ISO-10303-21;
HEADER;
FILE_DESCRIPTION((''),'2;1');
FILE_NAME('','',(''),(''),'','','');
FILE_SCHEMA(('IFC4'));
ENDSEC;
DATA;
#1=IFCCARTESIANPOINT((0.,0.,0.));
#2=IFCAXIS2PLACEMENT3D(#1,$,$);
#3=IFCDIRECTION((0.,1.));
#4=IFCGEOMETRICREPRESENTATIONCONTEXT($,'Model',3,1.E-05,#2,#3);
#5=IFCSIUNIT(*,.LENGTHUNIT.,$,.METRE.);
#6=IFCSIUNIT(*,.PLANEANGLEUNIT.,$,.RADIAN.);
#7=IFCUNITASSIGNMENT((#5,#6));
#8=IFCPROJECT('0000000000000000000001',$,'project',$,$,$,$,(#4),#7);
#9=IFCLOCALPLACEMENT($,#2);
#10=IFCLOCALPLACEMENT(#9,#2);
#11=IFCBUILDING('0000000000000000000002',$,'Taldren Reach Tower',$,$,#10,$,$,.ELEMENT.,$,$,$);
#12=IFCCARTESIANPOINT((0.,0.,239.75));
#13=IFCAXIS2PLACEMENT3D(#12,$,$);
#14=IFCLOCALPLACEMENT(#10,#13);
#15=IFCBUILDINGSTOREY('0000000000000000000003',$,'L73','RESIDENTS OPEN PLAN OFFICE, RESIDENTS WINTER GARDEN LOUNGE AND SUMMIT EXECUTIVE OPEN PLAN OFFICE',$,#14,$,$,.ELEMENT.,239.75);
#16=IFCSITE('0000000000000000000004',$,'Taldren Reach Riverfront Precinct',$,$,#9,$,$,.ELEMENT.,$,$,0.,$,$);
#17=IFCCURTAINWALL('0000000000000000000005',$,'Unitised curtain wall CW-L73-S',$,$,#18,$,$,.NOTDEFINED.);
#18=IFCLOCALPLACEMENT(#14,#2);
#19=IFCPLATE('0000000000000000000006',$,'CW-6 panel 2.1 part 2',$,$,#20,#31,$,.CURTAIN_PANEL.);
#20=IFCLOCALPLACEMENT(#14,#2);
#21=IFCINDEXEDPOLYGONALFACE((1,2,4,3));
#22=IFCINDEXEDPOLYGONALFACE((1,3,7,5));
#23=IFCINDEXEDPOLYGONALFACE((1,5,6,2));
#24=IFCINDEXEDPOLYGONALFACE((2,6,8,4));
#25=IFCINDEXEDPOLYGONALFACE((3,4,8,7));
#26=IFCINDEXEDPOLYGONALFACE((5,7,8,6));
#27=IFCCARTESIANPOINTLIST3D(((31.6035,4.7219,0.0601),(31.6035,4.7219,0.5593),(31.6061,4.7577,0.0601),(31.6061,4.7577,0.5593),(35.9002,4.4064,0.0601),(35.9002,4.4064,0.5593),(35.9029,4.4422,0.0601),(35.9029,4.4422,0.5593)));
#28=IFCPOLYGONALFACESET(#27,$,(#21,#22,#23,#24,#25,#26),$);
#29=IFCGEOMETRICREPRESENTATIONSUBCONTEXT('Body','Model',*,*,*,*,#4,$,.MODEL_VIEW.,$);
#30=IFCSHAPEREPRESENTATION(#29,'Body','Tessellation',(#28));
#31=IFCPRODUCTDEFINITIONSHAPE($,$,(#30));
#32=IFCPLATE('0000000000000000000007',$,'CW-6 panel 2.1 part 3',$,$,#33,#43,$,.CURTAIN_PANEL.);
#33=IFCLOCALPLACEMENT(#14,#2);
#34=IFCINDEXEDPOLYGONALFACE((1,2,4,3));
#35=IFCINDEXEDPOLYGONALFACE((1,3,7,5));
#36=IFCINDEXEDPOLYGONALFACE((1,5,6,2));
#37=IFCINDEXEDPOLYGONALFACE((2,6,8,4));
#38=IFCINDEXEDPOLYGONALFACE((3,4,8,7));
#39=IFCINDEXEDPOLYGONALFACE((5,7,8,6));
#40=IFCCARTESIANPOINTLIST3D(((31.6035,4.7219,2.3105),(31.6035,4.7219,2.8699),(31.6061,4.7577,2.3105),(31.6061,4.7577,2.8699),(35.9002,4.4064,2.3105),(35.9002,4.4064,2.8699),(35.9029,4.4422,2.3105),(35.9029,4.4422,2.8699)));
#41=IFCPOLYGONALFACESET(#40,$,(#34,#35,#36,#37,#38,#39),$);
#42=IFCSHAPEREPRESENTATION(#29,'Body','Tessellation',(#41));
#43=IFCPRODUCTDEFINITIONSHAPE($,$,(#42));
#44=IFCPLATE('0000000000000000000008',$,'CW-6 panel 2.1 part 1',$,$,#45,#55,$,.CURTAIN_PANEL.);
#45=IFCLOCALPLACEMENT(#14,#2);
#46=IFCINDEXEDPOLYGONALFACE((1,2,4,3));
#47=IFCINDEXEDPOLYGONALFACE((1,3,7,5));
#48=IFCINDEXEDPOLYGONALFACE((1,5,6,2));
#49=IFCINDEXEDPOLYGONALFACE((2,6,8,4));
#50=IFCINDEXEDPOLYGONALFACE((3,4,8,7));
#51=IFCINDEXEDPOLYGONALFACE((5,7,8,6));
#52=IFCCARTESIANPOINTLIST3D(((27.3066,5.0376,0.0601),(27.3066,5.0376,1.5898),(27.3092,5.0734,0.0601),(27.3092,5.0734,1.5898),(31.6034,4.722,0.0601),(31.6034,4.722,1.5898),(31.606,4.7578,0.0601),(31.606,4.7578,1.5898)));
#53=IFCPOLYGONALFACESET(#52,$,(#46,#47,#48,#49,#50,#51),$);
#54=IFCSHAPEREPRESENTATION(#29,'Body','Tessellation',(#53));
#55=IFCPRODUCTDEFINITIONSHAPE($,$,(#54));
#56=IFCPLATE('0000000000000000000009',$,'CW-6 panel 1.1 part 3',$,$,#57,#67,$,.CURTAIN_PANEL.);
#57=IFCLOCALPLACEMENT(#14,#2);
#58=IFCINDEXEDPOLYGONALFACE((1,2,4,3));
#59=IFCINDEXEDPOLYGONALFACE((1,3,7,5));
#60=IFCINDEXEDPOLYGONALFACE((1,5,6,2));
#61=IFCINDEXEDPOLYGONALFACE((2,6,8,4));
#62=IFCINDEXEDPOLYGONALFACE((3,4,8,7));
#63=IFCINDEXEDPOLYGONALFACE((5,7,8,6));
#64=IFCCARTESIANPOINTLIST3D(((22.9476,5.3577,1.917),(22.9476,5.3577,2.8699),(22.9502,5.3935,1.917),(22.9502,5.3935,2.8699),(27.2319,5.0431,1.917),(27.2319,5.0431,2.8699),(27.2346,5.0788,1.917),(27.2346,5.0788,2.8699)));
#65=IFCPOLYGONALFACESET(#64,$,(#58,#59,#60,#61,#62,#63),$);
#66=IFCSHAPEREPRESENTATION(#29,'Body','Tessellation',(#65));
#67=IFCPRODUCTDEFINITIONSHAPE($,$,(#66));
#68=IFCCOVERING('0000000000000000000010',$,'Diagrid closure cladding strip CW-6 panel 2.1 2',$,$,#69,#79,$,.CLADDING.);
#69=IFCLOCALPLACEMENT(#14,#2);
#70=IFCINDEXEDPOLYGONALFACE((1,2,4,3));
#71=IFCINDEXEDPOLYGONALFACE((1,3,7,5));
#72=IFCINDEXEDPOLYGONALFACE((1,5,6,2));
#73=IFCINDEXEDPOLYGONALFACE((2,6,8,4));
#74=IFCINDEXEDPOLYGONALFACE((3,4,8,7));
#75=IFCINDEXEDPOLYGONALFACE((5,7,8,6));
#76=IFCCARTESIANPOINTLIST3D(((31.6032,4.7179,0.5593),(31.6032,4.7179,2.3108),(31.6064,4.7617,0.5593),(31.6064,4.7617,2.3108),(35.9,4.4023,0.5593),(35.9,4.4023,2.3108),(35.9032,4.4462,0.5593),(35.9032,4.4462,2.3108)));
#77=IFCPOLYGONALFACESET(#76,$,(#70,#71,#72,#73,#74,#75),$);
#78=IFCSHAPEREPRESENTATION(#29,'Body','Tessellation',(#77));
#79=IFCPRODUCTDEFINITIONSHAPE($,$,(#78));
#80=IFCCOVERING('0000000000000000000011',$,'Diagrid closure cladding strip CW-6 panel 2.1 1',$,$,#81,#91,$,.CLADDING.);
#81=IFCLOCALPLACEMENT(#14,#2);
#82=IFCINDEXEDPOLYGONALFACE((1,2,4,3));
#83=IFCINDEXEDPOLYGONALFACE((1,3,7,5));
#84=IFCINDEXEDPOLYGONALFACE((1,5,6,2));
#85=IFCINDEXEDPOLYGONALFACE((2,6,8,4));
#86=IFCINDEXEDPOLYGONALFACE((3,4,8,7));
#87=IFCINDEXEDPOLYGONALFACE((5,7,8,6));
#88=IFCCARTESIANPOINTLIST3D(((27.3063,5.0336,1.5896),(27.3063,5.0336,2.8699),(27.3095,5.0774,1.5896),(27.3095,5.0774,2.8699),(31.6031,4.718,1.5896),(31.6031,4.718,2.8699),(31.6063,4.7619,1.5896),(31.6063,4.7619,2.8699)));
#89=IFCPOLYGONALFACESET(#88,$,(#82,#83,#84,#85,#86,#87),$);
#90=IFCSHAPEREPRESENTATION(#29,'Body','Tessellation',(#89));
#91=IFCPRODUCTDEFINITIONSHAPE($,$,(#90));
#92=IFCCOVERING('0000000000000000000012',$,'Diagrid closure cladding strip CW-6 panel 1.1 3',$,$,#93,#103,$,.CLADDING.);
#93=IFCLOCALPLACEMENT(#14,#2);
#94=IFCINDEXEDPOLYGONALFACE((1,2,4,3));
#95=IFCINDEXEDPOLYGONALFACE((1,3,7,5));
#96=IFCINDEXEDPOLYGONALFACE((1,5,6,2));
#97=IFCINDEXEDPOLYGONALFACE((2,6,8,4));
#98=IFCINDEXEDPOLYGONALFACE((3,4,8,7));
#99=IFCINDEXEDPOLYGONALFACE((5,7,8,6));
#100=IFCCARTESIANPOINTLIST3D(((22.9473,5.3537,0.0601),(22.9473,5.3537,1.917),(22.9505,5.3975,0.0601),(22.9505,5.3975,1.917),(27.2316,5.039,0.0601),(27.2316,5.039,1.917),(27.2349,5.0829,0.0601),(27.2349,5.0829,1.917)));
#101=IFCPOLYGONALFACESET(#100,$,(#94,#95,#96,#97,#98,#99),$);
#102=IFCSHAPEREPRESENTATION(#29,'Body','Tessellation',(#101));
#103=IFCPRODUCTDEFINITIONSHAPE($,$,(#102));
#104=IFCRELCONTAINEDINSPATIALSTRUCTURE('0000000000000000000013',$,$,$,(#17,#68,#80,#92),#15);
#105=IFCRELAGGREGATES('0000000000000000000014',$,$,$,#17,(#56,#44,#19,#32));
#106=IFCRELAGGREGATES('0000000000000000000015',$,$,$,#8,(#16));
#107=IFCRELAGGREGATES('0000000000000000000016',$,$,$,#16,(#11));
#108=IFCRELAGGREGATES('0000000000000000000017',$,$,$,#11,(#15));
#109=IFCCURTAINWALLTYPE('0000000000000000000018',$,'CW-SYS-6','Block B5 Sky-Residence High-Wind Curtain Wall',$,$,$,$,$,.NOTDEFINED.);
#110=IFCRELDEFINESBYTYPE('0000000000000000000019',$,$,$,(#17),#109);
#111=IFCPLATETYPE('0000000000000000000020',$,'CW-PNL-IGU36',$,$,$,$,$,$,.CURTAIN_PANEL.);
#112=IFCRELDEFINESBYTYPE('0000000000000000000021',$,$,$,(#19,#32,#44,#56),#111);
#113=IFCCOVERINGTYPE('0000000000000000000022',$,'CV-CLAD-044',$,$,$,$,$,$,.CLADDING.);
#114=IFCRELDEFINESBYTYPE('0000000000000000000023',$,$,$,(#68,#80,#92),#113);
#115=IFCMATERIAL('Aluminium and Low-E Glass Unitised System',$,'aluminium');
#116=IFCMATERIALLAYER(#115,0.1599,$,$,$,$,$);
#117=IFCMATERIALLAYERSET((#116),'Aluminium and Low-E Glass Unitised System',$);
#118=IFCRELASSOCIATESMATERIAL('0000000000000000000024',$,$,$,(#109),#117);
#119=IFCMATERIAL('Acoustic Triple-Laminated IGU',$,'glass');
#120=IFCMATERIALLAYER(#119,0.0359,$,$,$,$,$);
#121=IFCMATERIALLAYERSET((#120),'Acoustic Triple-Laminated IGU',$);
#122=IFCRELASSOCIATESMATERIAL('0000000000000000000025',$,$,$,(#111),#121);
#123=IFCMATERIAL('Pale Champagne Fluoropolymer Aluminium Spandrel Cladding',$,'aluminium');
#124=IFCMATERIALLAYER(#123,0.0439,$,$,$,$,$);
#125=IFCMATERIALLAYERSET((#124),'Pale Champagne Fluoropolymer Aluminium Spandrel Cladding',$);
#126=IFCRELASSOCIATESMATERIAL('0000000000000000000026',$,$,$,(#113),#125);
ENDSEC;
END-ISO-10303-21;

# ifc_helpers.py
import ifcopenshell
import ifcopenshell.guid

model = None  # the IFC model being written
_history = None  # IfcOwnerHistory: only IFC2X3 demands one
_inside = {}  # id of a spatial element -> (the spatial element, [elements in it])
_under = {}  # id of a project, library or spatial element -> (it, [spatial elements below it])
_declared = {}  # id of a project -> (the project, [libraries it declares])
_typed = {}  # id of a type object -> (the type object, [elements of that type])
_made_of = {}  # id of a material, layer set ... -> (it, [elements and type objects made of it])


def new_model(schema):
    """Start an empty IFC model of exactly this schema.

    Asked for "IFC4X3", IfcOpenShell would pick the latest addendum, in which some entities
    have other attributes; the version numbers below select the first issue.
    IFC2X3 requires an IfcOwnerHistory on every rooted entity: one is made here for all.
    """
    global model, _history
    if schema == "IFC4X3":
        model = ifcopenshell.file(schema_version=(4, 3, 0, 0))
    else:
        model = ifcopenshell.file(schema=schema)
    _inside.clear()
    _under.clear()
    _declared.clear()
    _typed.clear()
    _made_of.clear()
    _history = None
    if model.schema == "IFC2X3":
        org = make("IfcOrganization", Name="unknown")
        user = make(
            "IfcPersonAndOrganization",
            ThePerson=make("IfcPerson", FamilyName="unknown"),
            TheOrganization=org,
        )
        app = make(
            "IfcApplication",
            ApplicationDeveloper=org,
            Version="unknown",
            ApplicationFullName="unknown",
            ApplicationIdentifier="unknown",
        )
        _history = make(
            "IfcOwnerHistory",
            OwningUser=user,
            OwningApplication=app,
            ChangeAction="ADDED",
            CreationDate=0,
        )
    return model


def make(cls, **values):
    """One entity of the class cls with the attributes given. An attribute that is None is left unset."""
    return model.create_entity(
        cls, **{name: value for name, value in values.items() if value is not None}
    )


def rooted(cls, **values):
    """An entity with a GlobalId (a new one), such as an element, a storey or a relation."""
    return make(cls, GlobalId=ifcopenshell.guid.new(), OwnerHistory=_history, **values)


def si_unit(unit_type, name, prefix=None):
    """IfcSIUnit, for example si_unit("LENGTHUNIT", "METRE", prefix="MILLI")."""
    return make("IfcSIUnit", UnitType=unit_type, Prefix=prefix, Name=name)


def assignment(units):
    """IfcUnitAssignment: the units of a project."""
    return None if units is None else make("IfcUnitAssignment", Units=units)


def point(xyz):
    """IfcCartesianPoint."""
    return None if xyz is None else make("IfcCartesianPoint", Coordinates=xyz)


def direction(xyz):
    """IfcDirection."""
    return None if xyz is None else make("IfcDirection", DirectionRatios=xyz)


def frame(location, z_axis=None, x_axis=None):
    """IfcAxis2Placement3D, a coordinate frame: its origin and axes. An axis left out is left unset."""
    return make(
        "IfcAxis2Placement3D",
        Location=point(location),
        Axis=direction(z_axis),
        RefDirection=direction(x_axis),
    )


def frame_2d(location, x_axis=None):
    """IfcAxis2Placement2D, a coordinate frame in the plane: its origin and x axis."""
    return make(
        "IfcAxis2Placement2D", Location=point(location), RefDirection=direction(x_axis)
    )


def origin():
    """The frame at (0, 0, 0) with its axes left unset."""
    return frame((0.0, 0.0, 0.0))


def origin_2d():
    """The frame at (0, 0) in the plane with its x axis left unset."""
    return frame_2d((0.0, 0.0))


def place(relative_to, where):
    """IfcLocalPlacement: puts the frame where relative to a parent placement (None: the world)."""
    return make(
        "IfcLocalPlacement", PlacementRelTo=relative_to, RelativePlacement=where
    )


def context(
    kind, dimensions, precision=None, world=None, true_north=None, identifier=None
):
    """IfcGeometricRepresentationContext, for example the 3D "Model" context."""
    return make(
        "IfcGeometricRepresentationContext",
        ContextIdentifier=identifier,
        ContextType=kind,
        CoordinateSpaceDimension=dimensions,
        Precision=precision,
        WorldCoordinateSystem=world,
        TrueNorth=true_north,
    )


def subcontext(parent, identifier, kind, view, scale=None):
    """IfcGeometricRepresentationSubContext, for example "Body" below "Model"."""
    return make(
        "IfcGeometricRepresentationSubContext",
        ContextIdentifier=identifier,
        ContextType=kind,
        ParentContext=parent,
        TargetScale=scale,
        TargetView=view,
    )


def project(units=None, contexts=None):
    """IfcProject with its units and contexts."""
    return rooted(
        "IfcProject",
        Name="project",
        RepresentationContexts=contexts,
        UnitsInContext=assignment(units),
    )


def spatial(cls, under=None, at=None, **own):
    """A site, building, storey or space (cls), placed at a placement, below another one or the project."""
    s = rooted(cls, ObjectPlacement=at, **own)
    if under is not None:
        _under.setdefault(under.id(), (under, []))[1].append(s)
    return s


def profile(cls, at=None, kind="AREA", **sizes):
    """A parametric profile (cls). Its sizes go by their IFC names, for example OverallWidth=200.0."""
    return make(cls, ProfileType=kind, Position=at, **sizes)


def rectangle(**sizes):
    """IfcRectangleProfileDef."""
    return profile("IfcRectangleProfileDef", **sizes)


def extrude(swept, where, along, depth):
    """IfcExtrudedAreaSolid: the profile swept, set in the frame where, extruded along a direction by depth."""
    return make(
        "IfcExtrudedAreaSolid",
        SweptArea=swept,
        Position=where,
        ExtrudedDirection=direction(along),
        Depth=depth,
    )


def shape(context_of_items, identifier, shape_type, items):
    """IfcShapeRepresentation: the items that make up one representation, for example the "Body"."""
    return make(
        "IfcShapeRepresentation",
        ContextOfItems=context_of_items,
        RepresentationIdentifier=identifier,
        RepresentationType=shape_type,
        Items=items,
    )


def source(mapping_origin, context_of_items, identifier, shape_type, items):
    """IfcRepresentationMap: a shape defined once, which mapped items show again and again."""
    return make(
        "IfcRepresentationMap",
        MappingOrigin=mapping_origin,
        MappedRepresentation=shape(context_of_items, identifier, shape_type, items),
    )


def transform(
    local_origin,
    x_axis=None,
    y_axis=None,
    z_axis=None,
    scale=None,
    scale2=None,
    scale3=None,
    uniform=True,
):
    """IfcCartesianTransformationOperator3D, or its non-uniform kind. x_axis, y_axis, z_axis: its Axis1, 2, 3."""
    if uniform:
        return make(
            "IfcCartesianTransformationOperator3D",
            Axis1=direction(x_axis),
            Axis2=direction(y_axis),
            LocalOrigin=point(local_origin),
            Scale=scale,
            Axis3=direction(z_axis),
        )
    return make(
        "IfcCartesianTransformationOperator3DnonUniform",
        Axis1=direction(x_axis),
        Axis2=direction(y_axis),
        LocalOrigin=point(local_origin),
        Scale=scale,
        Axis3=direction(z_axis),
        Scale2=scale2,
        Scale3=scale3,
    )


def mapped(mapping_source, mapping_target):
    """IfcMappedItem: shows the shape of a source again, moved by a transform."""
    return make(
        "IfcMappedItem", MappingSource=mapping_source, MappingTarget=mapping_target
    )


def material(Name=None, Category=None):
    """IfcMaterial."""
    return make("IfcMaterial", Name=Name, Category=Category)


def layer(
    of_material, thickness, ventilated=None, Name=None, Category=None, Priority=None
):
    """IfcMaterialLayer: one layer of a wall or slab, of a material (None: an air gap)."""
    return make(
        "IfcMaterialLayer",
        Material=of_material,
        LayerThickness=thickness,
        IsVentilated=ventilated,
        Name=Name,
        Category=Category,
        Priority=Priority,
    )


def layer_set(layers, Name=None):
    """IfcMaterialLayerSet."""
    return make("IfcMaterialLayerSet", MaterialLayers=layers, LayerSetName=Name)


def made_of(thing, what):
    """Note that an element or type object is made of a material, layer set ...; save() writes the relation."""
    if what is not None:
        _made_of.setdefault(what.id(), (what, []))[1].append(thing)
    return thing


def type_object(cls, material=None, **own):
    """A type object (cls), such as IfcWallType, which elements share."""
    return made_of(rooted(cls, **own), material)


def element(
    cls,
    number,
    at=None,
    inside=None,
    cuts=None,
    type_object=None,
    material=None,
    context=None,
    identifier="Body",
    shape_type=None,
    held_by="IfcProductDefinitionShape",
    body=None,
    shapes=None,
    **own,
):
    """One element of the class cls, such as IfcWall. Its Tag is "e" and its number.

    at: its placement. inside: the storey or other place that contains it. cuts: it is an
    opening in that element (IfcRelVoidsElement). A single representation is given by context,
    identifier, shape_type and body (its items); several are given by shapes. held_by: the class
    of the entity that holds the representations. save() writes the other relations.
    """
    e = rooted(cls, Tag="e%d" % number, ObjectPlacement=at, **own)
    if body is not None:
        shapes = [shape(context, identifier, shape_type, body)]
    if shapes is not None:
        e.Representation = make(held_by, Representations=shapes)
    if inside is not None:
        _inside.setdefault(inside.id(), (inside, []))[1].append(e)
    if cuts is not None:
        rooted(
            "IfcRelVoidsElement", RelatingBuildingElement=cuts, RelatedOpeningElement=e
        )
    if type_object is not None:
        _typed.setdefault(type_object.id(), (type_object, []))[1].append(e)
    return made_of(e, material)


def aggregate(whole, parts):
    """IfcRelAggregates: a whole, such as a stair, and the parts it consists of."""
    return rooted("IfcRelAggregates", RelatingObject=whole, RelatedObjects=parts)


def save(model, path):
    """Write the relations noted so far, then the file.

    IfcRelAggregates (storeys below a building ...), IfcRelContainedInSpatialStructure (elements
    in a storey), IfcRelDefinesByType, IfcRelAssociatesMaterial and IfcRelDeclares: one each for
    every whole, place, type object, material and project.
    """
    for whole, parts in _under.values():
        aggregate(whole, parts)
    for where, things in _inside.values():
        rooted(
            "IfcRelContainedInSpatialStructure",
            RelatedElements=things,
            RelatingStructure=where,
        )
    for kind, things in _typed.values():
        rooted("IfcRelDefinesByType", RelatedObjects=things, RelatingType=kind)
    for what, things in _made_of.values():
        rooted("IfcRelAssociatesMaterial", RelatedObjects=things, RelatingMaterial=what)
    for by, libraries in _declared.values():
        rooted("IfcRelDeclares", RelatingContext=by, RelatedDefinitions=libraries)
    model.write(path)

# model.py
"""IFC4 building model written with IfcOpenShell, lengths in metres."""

from ifc_helpers import new_model, si_unit, direction, frame, origin, origin_2d, place, context, subcontext, project, spatial, rectangle, extrude, source, transform, mapped, material, layer, layer_set, type_object, element, aggregate, save


model = new_model("IFC4")

# Units and contexts
model_context = context("Model", 3, precision=1e-05, world=origin(), true_north=direction((0.0, 1.0)))
body_context = subcontext(model_context, "Body", "Model", "MODEL_VIEW")
ifc_project = project(units=[si_unit("LENGTHUNIT", "METRE"), si_unit("PLANEANGLEUNIT", "RADIAN")], contexts=[model_context])

# Site, building, storey
site_placement = place(None, origin())
site = spatial("IfcSite", under=ifc_project, at=site_placement, Name="Taldren Reach Riverfront Precinct", CompositionType="ELEMENT", RefElevation=0.0)
building_placement = place(site_placement, origin())
building = spatial("IfcBuilding", under=site, at=building_placement, Name="Taldren Reach Tower", CompositionType="ELEMENT")
storey_placement = place(building_placement, frame((0.0, 0.0, 239.75)))
storey = spatial("IfcBuildingStorey", under=building, at=storey_placement, Name="L73", Description="RESIDENTS OPEN PLAN OFFICE, RESIDENTS WINTER GARDEN LOUNGE AND SUMMIT EXECUTIVE OPEN PLAN OFFICE", CompositionType="ELEMENT", Elevation=239.75)

# Curtain wall
ifc_material_1 = material(Name="Aluminium and Low-E Glass Unitised System", Category="aluminium")
ifc_layer_1 = layer(ifc_material_1, 0.1599)
ifc_layer_set_1 = layer_set([ifc_layer_1], Name="Aluminium and Low-E Glass Unitised System")
curtain_wall_type = type_object("IfcCurtainWallType", Name="CW-SYS-6", Description="Block B5 Sky-Residence High-Wind Curtain Wall", PredefinedType="NOTDEFINED", material=ifc_layer_set_1)
curtain_wall_placement = place(storey_placement, origin())
curtain_wall = element("IfcCurtainWall", 1, at=curtain_wall_placement, inside=storey, type_object=curtain_wall_type, Name="Unitised curtain wall CW-L73-S", PredefinedType="NOTDEFINED")

# Plates
ifc_material_2 = material(Name="Acoustic Triple-Laminated IGU", Category="glass")
ifc_layer_2 = layer(ifc_material_2, 0.0359)
ifc_layer_set_2 = layer_set([ifc_layer_2], Name="Acoustic Triple-Laminated IGU")
plate_type_1 = type_object("IfcPlateType", Name="CW-PNL-IGU36", PredefinedType="CURTAIN_PANEL", material=ifc_layer_set_2)
shared_shape_1 = source(origin(), body_context, "Body", "SweptSolid", [
    extrude(rectangle(XDim=4.3083, YDim=0.0359, at=origin_2d()), origin(), (0.0, 0.0, 1.0), 0.4993),
])
plate_1_placement = place(storey_placement, frame((33.7532, 4.582, 0.0601), z_axis=(0.0, 0.0, 1.0), x_axis=(0.997314, -0.073238, 0.0)))
plate_1 = element("IfcPlate", 2, at=plate_1_placement, type_object=plate_type_1, Name="CW-6 panel 2.1 part 2", PredefinedType="CURTAIN_PANEL", context=body_context, shape_type="MappedRepresentation", body=[
    mapped(shared_shape_1, transform((0.0, 0.0, 0.0), scale=1.0)),
])
shared_shape_2 = source(origin(), body_context, "Body", "SweptSolid", [
    extrude(rectangle(XDim=4.3083, YDim=0.0359, at=origin_2d()), origin(), (0.0, 0.0, 1.0), 0.5593),
])
plate_2_placement = place(storey_placement, frame((33.7532, 4.582, 2.3105), z_axis=(0.0, 0.0, 1.0), x_axis=(0.997314, -0.073238, 0.0)))
plate_2 = element("IfcPlate", 3, at=plate_2_placement, type_object=plate_type_1, Name="CW-6 panel 2.1 part 3", PredefinedType="CURTAIN_PANEL", context=body_context, shape_type="MappedRepresentation", body=[
    mapped(shared_shape_2, transform((0.0, 0.0, 0.0), scale=1.0)),
])
shared_shape_3 = source(origin(), body_context, "Body", "SweptSolid", [
    extrude(rectangle(XDim=4.3083, YDim=0.0359, at=origin_2d()), origin(), (0.0, 0.0, 1.0), 1.5298),
])
plate_3_placement = place(storey_placement, frame((29.4563, 4.8977, 0.0601), z_axis=(0.0, 0.0, 1.0), x_axis=(0.997314, -0.073238, 0.0)))
plate_3 = element("IfcPlate", 4, at=plate_3_placement, type_object=plate_type_1, Name="CW-6 panel 2.1 part 1", PredefinedType="CURTAIN_PANEL", context=body_context, shape_type="MappedRepresentation", body=[
    mapped(shared_shape_3, transform((0.0, 0.0, 0.0), scale=1.0)),
])
shared_shape_4 = source(origin(), body_context, "Body", "SweptSolid", [
    extrude(rectangle(XDim=4.2959, YDim=0.0359, at=origin_2d()), origin(), (0.0, 0.0, 1.0), 0.9529),
])
plate_4_placement = place(storey_placement, frame((25.0911, 5.2183, 1.917), z_axis=(0.0, 0.0, 1.0), x_axis=(0.997314, -0.073238, 0.0)))
plate_4 = element("IfcPlate", 5, at=plate_4_placement, type_object=plate_type_1, Name="CW-6 panel 1.1 part 3", PredefinedType="CURTAIN_PANEL", context=body_context, shape_type="MappedRepresentation", body=[
    mapped(shared_shape_4, transform((0.0, 0.0, 0.0), scale=1.0)),
])
aggregate(curtain_wall, [plate_4, plate_3, plate_1, plate_2])

# Coverings
ifc_material_3 = material(Name="Pale Champagne Fluoropolymer Aluminium Spandrel Cladding", Category="aluminium")
ifc_layer_3 = layer(ifc_material_3, 0.0439)
ifc_layer_set_3 = layer_set([ifc_layer_3], Name="Pale Champagne Fluoropolymer Aluminium Spandrel Cladding")
covering_type = type_object("IfcCoveringType", Name="CV-CLAD-044", PredefinedType="CLADDING", material=ifc_layer_set_3)
shared_shape_5 = source(origin(), body_context, "Body", "SweptSolid", [
    extrude(rectangle(XDim=4.3083, YDim=0.0439, at=origin_2d()), origin(), (0.0, 0.0, 1.0), 1.7515),
])
covering_1_placement = place(storey_placement, frame((33.7532, 4.582, 0.5593), z_axis=(0.0, 0.0, 1.0), x_axis=(0.997314, -0.073238, 0.0)))
element("IfcCovering", 6, at=covering_1_placement, inside=storey, type_object=covering_type, Name="Diagrid closure cladding strip CW-6 panel 2.1 2", PredefinedType="CLADDING", context=body_context, shape_type="MappedRepresentation", body=[
    mapped(shared_shape_5, transform((0.0, 0.0, 0.0), scale=1.0)),
])
shared_shape_6 = source(origin(), body_context, "Body", "SweptSolid", [
    extrude(rectangle(XDim=4.3083, YDim=0.0439, at=origin_2d()), origin(), (0.0, 0.0, 1.0), 1.2803),
])
covering_2_placement = place(storey_placement, frame((29.4563, 4.8977, 1.5896), z_axis=(0.0, 0.0, 1.0), x_axis=(0.997314, -0.073238, 0.0)))
element("IfcCovering", 7, at=covering_2_placement, inside=storey, type_object=covering_type, Name="Diagrid closure cladding strip CW-6 panel 2.1 1", PredefinedType="CLADDING", context=body_context, shape_type="MappedRepresentation", body=[
    mapped(shared_shape_6, transform((0.0, 0.0, 0.0), scale=1.0)),
])
shared_shape_7 = source(origin(), body_context, "Body", "SweptSolid", [
    extrude(rectangle(XDim=4.2959, YDim=0.0439, at=origin_2d()), origin(), (0.0, 0.0, 1.0), 1.8569),
])
covering_3_placement = place(storey_placement, frame((25.0911, 5.2183, 0.0601), z_axis=(0.0, 0.0, 1.0), x_axis=(0.997314, -0.073238, 0.0)))
element("IfcCovering", 8, at=covering_3_placement, inside=storey, type_object=covering_type, Name="Diagrid closure cladding strip CW-6 panel 1.1 3", PredefinedType="CLADDING", context=body_context, shape_type="MappedRepresentation", body=[
    mapped(shared_shape_7, transform((0.0, 0.0, 0.0), scale=1.0)),
])

save(model, "model.ifc")
